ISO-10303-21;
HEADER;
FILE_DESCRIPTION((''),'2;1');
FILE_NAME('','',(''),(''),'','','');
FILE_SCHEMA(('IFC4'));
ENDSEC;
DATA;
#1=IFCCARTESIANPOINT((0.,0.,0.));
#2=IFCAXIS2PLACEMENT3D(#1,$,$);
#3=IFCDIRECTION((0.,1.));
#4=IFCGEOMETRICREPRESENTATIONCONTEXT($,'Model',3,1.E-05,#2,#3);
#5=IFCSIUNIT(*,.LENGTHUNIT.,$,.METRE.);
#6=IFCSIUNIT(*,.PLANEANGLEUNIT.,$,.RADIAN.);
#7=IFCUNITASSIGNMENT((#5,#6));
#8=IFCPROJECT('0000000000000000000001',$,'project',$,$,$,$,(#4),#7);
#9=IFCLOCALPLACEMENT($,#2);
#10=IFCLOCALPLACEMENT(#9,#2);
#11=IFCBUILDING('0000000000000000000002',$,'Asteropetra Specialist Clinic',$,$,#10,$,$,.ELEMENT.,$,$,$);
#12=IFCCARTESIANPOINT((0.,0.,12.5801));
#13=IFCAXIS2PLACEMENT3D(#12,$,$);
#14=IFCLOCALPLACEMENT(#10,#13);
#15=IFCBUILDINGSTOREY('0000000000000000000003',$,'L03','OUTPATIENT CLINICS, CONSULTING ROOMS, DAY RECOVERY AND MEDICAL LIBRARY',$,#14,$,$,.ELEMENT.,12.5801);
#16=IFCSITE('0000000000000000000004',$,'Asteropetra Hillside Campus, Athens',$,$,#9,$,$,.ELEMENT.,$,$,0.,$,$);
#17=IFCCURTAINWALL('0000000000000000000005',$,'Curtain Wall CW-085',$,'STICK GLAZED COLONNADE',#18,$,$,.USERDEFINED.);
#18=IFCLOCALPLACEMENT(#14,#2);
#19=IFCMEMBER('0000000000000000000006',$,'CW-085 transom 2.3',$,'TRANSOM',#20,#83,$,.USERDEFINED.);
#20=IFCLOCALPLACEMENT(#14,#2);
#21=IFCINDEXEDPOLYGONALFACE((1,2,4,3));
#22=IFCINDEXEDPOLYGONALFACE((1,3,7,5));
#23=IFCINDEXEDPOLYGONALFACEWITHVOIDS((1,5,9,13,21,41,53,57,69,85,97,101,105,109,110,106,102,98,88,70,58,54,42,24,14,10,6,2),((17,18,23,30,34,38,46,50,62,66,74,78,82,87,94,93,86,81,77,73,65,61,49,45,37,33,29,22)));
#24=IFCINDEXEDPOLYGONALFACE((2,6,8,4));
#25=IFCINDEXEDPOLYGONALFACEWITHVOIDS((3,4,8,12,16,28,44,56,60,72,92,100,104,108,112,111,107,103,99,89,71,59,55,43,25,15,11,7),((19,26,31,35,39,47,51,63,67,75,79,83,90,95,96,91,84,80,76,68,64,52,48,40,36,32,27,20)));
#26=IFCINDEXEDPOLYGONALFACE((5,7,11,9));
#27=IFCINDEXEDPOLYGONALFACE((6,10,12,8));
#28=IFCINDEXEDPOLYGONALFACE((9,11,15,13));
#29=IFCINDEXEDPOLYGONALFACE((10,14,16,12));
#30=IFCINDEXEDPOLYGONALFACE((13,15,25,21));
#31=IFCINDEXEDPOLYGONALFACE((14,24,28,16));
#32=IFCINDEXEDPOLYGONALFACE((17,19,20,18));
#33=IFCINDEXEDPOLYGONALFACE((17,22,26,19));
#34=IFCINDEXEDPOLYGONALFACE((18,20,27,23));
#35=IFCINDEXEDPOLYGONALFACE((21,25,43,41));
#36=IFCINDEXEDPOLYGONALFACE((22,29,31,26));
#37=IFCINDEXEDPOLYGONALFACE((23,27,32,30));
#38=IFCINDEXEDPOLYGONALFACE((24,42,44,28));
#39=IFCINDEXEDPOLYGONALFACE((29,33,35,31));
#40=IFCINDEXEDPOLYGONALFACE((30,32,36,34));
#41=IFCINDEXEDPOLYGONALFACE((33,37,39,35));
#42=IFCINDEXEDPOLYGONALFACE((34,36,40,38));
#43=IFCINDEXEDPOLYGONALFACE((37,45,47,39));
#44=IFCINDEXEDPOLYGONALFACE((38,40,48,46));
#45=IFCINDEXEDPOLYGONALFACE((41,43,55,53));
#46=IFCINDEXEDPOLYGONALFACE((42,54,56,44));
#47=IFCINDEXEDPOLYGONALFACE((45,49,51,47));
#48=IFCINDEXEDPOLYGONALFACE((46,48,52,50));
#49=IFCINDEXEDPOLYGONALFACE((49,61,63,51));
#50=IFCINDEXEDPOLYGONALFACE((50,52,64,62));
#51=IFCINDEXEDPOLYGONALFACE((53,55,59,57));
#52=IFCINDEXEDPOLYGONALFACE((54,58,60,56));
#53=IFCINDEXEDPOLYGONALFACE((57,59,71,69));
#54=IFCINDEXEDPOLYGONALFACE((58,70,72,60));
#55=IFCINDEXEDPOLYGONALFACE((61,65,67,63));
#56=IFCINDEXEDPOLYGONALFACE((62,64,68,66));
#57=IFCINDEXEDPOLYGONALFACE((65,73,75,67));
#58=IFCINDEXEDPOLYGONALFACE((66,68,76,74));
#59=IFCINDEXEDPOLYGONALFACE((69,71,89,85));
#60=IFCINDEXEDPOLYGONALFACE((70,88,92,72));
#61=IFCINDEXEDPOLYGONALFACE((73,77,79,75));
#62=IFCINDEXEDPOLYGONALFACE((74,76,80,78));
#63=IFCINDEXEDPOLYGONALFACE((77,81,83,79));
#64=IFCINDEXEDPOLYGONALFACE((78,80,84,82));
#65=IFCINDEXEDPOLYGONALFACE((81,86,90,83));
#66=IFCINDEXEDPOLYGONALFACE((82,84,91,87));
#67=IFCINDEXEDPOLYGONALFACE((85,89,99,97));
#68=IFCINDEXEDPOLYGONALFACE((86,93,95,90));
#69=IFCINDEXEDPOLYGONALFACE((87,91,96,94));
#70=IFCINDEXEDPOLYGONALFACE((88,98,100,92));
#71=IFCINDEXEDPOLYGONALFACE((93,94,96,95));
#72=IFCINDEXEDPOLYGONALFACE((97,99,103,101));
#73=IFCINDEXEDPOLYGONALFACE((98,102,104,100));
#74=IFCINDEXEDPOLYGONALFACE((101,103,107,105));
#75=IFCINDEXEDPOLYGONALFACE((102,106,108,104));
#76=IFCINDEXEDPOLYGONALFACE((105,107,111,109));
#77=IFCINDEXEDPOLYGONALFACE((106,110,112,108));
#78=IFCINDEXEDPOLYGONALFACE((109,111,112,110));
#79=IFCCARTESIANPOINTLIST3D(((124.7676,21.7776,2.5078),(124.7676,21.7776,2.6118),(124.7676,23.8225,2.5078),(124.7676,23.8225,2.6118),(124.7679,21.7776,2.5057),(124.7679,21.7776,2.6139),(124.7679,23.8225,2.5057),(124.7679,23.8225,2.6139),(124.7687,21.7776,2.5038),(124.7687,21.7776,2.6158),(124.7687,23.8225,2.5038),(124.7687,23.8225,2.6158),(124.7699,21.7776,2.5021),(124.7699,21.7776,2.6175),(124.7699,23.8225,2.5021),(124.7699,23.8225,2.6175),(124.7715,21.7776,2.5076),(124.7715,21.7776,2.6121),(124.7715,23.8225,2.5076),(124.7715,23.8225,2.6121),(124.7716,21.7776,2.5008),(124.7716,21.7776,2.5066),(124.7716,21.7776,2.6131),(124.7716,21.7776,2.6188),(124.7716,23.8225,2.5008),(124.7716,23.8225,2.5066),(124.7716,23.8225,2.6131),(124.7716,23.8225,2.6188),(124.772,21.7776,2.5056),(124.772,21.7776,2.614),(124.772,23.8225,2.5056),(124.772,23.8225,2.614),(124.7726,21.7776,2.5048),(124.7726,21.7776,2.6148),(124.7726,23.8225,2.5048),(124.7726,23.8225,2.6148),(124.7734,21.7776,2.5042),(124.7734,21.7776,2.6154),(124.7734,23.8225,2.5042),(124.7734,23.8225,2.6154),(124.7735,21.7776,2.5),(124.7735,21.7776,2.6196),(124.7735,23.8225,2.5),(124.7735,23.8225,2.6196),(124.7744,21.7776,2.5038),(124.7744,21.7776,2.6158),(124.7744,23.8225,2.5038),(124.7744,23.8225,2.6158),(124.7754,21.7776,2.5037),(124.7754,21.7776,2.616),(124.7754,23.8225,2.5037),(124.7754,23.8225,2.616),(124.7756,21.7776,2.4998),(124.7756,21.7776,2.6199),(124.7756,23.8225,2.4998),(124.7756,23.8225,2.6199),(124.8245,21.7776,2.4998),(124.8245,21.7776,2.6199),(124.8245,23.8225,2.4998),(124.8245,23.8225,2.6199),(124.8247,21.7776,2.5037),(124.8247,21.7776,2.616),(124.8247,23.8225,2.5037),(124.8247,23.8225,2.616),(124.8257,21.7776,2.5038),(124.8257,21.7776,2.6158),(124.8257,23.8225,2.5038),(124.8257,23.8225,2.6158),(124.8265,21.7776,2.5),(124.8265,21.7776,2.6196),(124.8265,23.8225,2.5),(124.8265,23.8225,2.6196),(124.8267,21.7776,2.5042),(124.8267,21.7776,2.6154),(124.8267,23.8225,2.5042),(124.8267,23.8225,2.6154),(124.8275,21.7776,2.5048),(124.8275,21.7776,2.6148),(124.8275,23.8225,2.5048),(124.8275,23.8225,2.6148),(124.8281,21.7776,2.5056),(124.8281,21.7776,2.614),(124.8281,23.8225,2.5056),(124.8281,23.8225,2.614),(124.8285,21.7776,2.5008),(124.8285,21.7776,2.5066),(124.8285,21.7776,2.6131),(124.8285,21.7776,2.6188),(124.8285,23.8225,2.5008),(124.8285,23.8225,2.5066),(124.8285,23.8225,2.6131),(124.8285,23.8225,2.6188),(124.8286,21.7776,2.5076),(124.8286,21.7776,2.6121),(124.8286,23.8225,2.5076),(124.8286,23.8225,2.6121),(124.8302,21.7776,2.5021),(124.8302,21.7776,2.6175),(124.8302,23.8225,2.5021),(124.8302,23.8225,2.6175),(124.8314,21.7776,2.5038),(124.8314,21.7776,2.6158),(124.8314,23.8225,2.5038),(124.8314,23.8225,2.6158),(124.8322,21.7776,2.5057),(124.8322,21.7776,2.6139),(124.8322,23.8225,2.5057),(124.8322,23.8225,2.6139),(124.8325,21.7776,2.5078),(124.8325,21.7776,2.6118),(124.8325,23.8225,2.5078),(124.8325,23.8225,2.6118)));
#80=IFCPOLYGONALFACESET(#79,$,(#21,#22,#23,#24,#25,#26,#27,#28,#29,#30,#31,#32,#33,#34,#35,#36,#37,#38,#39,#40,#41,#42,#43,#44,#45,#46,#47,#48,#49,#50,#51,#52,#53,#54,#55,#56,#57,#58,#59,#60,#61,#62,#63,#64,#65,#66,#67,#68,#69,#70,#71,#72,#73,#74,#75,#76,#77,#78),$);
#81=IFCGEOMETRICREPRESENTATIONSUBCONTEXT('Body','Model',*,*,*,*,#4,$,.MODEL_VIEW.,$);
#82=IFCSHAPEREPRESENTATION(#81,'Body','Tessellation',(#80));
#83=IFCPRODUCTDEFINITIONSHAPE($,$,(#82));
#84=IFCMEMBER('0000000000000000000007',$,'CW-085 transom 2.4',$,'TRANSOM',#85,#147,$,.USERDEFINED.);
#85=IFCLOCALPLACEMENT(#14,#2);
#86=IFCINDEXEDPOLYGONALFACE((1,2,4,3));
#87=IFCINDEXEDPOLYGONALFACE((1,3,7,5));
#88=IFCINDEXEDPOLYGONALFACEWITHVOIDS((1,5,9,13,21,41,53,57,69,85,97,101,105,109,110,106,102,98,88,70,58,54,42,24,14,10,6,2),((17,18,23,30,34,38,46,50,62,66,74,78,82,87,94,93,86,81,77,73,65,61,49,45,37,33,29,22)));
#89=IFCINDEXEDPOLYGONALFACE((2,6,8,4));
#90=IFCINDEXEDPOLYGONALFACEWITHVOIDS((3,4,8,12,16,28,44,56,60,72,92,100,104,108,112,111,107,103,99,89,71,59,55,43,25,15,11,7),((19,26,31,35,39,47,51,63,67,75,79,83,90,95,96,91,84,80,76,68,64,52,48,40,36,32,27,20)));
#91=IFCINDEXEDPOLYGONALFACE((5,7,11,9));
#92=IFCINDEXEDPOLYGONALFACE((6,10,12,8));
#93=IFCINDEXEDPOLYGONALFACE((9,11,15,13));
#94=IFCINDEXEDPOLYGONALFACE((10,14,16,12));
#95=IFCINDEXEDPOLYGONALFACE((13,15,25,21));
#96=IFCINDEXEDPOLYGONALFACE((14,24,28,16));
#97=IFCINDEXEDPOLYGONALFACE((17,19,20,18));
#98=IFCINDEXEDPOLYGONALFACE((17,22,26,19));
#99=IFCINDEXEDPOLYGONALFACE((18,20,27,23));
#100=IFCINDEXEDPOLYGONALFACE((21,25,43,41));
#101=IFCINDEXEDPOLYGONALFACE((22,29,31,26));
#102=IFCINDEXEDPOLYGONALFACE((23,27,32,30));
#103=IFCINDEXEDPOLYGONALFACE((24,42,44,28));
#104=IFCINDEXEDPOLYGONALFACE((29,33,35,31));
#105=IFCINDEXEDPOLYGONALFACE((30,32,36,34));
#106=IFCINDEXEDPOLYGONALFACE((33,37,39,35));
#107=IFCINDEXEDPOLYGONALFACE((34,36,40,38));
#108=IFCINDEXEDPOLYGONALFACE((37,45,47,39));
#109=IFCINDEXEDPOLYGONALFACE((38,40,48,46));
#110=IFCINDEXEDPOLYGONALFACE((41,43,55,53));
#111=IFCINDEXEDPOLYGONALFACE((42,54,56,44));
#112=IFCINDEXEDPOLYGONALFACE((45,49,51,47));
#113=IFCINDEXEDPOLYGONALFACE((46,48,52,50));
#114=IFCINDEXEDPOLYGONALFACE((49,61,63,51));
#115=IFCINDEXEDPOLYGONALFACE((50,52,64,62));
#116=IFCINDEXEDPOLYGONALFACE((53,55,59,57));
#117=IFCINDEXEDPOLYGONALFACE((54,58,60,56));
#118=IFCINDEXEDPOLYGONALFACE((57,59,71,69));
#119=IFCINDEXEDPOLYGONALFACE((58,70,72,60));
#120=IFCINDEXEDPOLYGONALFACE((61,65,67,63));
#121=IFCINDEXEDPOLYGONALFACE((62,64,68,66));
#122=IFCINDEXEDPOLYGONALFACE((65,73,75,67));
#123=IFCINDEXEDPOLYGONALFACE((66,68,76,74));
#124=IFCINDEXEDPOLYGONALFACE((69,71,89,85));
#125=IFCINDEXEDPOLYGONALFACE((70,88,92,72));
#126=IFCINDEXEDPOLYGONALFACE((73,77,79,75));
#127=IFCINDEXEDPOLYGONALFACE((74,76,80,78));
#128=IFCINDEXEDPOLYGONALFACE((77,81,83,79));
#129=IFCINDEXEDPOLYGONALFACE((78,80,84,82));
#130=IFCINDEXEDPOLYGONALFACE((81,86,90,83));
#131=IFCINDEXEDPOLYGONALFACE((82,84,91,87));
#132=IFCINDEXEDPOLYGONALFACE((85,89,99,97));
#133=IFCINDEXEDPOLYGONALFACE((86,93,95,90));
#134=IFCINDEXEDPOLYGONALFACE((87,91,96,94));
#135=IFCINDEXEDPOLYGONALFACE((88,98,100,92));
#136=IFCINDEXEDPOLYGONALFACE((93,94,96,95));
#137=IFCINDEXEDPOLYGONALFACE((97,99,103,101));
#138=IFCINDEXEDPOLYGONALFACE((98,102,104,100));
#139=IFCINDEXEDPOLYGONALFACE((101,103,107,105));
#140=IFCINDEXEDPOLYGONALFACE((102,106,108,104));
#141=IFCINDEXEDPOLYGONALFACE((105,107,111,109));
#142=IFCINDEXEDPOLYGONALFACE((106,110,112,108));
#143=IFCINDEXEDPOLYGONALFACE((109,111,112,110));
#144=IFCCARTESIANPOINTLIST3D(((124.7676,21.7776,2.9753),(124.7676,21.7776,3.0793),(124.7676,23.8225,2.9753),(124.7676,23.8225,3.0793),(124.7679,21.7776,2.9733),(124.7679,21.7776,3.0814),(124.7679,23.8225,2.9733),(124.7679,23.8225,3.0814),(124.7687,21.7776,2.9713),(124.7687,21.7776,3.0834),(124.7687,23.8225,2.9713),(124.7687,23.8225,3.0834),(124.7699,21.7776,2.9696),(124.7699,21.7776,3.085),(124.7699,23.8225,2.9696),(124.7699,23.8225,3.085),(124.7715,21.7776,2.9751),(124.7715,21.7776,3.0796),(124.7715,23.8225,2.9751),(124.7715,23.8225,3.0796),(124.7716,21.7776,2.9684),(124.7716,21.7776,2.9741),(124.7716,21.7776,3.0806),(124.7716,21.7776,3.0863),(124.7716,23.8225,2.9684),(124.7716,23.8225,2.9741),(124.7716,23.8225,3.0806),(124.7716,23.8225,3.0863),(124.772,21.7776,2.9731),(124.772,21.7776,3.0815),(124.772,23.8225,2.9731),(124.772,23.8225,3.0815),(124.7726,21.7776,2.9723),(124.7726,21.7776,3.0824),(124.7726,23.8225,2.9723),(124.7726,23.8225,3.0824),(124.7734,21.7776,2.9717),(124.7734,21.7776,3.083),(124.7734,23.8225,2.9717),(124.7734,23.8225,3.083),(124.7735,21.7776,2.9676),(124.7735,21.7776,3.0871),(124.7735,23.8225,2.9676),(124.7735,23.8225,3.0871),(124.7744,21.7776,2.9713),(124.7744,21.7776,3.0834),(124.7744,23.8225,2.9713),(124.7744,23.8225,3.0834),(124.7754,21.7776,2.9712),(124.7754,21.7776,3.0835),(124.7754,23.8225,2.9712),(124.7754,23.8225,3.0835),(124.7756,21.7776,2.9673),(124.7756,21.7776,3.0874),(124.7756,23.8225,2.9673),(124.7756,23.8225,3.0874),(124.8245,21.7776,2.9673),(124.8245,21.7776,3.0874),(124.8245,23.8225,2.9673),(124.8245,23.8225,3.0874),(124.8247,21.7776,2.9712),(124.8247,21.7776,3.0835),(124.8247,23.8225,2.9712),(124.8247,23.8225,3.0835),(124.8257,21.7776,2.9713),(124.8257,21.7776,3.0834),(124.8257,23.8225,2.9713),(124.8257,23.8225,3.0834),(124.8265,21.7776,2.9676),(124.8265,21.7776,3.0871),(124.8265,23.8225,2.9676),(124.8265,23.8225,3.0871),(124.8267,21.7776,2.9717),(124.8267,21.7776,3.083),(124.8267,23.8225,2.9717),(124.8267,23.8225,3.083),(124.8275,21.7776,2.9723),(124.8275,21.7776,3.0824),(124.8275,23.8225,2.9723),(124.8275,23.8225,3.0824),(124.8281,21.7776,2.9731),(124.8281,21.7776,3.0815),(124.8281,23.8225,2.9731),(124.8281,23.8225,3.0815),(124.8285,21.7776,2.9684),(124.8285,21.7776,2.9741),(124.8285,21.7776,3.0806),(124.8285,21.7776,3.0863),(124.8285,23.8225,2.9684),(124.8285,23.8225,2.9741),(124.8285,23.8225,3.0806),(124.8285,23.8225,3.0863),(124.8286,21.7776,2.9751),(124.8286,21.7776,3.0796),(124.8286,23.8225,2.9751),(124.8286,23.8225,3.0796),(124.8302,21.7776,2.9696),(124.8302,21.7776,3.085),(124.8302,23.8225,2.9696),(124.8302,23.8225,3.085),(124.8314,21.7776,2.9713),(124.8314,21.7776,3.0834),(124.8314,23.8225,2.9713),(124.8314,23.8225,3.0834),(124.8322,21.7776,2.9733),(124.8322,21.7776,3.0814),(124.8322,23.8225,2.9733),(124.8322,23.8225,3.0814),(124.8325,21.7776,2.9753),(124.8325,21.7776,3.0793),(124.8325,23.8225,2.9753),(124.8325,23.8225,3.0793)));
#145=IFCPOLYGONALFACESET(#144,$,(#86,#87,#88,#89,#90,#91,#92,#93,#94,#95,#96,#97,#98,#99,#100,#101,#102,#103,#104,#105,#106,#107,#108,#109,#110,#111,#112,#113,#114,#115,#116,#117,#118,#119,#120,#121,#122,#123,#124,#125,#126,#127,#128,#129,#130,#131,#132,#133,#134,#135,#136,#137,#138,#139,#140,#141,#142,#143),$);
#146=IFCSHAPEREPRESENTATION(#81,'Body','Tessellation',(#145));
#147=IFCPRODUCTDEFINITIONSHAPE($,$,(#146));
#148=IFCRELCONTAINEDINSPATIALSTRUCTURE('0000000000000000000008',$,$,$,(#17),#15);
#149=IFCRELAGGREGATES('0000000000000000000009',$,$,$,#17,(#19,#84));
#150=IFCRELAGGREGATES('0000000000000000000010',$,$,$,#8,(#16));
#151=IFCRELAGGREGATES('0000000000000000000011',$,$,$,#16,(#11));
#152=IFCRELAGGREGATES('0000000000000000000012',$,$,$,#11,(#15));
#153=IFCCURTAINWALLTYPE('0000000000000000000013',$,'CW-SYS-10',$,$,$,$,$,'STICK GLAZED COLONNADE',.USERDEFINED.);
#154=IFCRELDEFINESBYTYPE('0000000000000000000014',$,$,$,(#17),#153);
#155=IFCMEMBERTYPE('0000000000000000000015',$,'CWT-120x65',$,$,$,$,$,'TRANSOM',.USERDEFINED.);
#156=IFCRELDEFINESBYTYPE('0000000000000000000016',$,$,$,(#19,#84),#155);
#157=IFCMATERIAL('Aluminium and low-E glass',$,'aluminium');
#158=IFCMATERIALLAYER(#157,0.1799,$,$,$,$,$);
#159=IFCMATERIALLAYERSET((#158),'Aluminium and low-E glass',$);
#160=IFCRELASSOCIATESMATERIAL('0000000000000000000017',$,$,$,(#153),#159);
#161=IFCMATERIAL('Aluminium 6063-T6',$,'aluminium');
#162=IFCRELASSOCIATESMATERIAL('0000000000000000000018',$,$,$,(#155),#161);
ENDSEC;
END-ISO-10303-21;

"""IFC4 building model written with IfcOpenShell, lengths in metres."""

from ifc_helpers import new_model, si_unit, direction, frame, origin, origin_2d, place, context, subcontext, project, spatial, hollow_rectangle, extrude, material, layer, layer_set, material_profile, profile_set, type_object, element, aggregate, save


model = new_model("IFC4")

# Units and contexts
model_context = context("Model", 3, precision=1e-05, world=origin(), true_north=direction((0.0, 1.0)))
body_context = subcontext(model_context, "Body", "Model", "MODEL_VIEW")
ifc_project = project(units=[si_unit("LENGTHUNIT", "METRE"), si_unit("PLANEANGLEUNIT", "RADIAN")], contexts=[model_context])

# Site, building, storey
site_placement = place(None, origin())
site = spatial("IfcSite", under=ifc_project, at=site_placement, Name="Asteropetra Hillside Campus, Athens", CompositionType="ELEMENT", RefElevation=0.0)
building_placement = place(site_placement, origin())
building = spatial("IfcBuilding", under=site, at=building_placement, Name="Asteropetra Specialist Clinic", CompositionType="ELEMENT")
storey_placement = place(building_placement, frame((0.0, 0.0, 12.5801)))
storey = spatial("IfcBuildingStorey", under=building, at=storey_placement, Name="L03", Description="OUTPATIENT CLINICS, CONSULTING ROOMS, DAY RECOVERY AND MEDICAL LIBRARY", CompositionType="ELEMENT", Elevation=12.5801)

# Curtain wall
ifc_material_1 = material(Name="Aluminium and low-E glass", Category="aluminium")
ifc_layer_1 = layer(ifc_material_1, 0.1799)
ifc_layer_set_1 = layer_set([ifc_layer_1], Name="Aluminium and low-E glass")
curtain_wall_type_1 = type_object("IfcCurtainWallType", Name="CW-SYS-10", ElementType="STICK GLAZED COLONNADE", PredefinedType="USERDEFINED", material=ifc_layer_set_1)
curtain_wall_1_placement = place(storey_placement, origin())
curtain_wall_1 = element("IfcCurtainWall", 1, at=curtain_wall_1_placement, inside=storey, type_object=curtain_wall_type_1, Name="Curtain Wall CW-085", ObjectType="STICK GLAZED COLONNADE", PredefinedType="USERDEFINED")

# Members
ifc_material_2 = material(Name="Aluminium 6063-T6", Category="aluminium")
ifc_material_profile_1 = material_profile(ifc_material_2, hollow_rectangle(XDim=0.0649, YDim=0.1201, WallThickness=0.0039, InnerFilletRadius=0.0039, OuterFilletRadius=0.0081, at=origin_2d()), Name="TRN 120x65x4.0")
ifc_profile_set_1 = profile_set([ifc_material_profile_1], Name="Aluminium 6063-T6")
member_type_1 = type_object("IfcMemberType", Name="CWT-120x65", ElementType="TRANSOM", PredefinedType="USERDEFINED", material=ifc_profile_set_1)
member_1_placement = place(storey_placement, frame((124.8, 23.8225, 2.5598), z_axis=(0.0, -1.0, 0.0), x_axis=(1.0, 0.0, 0.0)))
member_1 = element("IfcMember", 2, at=member_1_placement, type_object=member_type_1, Name="CW-085 transom 2.3", ObjectType="TRANSOM", PredefinedType="USERDEFINED", context=body_context, shape_type="SweptSolid", body=[
    extrude(hollow_rectangle(XDim=0.0649, YDim=0.1201, WallThickness=0.0039, InnerFilletRadius=0.0039, OuterFilletRadius=0.0081, at=origin_2d()), origin(), (0.0, 0.0, 1.0), 2.0449),
])
member_2_placement = place(storey_placement, frame((124.8, 23.8225, 3.0273), z_axis=(0.0, -1.0, 0.0), x_axis=(1.0, 0.0, 0.0)))
member_2 = element("IfcMember", 3, at=member_2_placement, type_object=member_type_1, Name="CW-085 transom 2.4", ObjectType="TRANSOM", PredefinedType="USERDEFINED", context=body_context, shape_type="SweptSolid", body=[
    extrude(hollow_rectangle(XDim=0.0649, YDim=0.1201, WallThickness=0.0039, InnerFilletRadius=0.0039, OuterFilletRadius=0.0081, at=origin_2d()), origin(), (0.0, 0.0, 1.0), 2.0449),
])

aggregate(curtain_wall_1, [member_1, member_2])

save(model, "model.ifc")
